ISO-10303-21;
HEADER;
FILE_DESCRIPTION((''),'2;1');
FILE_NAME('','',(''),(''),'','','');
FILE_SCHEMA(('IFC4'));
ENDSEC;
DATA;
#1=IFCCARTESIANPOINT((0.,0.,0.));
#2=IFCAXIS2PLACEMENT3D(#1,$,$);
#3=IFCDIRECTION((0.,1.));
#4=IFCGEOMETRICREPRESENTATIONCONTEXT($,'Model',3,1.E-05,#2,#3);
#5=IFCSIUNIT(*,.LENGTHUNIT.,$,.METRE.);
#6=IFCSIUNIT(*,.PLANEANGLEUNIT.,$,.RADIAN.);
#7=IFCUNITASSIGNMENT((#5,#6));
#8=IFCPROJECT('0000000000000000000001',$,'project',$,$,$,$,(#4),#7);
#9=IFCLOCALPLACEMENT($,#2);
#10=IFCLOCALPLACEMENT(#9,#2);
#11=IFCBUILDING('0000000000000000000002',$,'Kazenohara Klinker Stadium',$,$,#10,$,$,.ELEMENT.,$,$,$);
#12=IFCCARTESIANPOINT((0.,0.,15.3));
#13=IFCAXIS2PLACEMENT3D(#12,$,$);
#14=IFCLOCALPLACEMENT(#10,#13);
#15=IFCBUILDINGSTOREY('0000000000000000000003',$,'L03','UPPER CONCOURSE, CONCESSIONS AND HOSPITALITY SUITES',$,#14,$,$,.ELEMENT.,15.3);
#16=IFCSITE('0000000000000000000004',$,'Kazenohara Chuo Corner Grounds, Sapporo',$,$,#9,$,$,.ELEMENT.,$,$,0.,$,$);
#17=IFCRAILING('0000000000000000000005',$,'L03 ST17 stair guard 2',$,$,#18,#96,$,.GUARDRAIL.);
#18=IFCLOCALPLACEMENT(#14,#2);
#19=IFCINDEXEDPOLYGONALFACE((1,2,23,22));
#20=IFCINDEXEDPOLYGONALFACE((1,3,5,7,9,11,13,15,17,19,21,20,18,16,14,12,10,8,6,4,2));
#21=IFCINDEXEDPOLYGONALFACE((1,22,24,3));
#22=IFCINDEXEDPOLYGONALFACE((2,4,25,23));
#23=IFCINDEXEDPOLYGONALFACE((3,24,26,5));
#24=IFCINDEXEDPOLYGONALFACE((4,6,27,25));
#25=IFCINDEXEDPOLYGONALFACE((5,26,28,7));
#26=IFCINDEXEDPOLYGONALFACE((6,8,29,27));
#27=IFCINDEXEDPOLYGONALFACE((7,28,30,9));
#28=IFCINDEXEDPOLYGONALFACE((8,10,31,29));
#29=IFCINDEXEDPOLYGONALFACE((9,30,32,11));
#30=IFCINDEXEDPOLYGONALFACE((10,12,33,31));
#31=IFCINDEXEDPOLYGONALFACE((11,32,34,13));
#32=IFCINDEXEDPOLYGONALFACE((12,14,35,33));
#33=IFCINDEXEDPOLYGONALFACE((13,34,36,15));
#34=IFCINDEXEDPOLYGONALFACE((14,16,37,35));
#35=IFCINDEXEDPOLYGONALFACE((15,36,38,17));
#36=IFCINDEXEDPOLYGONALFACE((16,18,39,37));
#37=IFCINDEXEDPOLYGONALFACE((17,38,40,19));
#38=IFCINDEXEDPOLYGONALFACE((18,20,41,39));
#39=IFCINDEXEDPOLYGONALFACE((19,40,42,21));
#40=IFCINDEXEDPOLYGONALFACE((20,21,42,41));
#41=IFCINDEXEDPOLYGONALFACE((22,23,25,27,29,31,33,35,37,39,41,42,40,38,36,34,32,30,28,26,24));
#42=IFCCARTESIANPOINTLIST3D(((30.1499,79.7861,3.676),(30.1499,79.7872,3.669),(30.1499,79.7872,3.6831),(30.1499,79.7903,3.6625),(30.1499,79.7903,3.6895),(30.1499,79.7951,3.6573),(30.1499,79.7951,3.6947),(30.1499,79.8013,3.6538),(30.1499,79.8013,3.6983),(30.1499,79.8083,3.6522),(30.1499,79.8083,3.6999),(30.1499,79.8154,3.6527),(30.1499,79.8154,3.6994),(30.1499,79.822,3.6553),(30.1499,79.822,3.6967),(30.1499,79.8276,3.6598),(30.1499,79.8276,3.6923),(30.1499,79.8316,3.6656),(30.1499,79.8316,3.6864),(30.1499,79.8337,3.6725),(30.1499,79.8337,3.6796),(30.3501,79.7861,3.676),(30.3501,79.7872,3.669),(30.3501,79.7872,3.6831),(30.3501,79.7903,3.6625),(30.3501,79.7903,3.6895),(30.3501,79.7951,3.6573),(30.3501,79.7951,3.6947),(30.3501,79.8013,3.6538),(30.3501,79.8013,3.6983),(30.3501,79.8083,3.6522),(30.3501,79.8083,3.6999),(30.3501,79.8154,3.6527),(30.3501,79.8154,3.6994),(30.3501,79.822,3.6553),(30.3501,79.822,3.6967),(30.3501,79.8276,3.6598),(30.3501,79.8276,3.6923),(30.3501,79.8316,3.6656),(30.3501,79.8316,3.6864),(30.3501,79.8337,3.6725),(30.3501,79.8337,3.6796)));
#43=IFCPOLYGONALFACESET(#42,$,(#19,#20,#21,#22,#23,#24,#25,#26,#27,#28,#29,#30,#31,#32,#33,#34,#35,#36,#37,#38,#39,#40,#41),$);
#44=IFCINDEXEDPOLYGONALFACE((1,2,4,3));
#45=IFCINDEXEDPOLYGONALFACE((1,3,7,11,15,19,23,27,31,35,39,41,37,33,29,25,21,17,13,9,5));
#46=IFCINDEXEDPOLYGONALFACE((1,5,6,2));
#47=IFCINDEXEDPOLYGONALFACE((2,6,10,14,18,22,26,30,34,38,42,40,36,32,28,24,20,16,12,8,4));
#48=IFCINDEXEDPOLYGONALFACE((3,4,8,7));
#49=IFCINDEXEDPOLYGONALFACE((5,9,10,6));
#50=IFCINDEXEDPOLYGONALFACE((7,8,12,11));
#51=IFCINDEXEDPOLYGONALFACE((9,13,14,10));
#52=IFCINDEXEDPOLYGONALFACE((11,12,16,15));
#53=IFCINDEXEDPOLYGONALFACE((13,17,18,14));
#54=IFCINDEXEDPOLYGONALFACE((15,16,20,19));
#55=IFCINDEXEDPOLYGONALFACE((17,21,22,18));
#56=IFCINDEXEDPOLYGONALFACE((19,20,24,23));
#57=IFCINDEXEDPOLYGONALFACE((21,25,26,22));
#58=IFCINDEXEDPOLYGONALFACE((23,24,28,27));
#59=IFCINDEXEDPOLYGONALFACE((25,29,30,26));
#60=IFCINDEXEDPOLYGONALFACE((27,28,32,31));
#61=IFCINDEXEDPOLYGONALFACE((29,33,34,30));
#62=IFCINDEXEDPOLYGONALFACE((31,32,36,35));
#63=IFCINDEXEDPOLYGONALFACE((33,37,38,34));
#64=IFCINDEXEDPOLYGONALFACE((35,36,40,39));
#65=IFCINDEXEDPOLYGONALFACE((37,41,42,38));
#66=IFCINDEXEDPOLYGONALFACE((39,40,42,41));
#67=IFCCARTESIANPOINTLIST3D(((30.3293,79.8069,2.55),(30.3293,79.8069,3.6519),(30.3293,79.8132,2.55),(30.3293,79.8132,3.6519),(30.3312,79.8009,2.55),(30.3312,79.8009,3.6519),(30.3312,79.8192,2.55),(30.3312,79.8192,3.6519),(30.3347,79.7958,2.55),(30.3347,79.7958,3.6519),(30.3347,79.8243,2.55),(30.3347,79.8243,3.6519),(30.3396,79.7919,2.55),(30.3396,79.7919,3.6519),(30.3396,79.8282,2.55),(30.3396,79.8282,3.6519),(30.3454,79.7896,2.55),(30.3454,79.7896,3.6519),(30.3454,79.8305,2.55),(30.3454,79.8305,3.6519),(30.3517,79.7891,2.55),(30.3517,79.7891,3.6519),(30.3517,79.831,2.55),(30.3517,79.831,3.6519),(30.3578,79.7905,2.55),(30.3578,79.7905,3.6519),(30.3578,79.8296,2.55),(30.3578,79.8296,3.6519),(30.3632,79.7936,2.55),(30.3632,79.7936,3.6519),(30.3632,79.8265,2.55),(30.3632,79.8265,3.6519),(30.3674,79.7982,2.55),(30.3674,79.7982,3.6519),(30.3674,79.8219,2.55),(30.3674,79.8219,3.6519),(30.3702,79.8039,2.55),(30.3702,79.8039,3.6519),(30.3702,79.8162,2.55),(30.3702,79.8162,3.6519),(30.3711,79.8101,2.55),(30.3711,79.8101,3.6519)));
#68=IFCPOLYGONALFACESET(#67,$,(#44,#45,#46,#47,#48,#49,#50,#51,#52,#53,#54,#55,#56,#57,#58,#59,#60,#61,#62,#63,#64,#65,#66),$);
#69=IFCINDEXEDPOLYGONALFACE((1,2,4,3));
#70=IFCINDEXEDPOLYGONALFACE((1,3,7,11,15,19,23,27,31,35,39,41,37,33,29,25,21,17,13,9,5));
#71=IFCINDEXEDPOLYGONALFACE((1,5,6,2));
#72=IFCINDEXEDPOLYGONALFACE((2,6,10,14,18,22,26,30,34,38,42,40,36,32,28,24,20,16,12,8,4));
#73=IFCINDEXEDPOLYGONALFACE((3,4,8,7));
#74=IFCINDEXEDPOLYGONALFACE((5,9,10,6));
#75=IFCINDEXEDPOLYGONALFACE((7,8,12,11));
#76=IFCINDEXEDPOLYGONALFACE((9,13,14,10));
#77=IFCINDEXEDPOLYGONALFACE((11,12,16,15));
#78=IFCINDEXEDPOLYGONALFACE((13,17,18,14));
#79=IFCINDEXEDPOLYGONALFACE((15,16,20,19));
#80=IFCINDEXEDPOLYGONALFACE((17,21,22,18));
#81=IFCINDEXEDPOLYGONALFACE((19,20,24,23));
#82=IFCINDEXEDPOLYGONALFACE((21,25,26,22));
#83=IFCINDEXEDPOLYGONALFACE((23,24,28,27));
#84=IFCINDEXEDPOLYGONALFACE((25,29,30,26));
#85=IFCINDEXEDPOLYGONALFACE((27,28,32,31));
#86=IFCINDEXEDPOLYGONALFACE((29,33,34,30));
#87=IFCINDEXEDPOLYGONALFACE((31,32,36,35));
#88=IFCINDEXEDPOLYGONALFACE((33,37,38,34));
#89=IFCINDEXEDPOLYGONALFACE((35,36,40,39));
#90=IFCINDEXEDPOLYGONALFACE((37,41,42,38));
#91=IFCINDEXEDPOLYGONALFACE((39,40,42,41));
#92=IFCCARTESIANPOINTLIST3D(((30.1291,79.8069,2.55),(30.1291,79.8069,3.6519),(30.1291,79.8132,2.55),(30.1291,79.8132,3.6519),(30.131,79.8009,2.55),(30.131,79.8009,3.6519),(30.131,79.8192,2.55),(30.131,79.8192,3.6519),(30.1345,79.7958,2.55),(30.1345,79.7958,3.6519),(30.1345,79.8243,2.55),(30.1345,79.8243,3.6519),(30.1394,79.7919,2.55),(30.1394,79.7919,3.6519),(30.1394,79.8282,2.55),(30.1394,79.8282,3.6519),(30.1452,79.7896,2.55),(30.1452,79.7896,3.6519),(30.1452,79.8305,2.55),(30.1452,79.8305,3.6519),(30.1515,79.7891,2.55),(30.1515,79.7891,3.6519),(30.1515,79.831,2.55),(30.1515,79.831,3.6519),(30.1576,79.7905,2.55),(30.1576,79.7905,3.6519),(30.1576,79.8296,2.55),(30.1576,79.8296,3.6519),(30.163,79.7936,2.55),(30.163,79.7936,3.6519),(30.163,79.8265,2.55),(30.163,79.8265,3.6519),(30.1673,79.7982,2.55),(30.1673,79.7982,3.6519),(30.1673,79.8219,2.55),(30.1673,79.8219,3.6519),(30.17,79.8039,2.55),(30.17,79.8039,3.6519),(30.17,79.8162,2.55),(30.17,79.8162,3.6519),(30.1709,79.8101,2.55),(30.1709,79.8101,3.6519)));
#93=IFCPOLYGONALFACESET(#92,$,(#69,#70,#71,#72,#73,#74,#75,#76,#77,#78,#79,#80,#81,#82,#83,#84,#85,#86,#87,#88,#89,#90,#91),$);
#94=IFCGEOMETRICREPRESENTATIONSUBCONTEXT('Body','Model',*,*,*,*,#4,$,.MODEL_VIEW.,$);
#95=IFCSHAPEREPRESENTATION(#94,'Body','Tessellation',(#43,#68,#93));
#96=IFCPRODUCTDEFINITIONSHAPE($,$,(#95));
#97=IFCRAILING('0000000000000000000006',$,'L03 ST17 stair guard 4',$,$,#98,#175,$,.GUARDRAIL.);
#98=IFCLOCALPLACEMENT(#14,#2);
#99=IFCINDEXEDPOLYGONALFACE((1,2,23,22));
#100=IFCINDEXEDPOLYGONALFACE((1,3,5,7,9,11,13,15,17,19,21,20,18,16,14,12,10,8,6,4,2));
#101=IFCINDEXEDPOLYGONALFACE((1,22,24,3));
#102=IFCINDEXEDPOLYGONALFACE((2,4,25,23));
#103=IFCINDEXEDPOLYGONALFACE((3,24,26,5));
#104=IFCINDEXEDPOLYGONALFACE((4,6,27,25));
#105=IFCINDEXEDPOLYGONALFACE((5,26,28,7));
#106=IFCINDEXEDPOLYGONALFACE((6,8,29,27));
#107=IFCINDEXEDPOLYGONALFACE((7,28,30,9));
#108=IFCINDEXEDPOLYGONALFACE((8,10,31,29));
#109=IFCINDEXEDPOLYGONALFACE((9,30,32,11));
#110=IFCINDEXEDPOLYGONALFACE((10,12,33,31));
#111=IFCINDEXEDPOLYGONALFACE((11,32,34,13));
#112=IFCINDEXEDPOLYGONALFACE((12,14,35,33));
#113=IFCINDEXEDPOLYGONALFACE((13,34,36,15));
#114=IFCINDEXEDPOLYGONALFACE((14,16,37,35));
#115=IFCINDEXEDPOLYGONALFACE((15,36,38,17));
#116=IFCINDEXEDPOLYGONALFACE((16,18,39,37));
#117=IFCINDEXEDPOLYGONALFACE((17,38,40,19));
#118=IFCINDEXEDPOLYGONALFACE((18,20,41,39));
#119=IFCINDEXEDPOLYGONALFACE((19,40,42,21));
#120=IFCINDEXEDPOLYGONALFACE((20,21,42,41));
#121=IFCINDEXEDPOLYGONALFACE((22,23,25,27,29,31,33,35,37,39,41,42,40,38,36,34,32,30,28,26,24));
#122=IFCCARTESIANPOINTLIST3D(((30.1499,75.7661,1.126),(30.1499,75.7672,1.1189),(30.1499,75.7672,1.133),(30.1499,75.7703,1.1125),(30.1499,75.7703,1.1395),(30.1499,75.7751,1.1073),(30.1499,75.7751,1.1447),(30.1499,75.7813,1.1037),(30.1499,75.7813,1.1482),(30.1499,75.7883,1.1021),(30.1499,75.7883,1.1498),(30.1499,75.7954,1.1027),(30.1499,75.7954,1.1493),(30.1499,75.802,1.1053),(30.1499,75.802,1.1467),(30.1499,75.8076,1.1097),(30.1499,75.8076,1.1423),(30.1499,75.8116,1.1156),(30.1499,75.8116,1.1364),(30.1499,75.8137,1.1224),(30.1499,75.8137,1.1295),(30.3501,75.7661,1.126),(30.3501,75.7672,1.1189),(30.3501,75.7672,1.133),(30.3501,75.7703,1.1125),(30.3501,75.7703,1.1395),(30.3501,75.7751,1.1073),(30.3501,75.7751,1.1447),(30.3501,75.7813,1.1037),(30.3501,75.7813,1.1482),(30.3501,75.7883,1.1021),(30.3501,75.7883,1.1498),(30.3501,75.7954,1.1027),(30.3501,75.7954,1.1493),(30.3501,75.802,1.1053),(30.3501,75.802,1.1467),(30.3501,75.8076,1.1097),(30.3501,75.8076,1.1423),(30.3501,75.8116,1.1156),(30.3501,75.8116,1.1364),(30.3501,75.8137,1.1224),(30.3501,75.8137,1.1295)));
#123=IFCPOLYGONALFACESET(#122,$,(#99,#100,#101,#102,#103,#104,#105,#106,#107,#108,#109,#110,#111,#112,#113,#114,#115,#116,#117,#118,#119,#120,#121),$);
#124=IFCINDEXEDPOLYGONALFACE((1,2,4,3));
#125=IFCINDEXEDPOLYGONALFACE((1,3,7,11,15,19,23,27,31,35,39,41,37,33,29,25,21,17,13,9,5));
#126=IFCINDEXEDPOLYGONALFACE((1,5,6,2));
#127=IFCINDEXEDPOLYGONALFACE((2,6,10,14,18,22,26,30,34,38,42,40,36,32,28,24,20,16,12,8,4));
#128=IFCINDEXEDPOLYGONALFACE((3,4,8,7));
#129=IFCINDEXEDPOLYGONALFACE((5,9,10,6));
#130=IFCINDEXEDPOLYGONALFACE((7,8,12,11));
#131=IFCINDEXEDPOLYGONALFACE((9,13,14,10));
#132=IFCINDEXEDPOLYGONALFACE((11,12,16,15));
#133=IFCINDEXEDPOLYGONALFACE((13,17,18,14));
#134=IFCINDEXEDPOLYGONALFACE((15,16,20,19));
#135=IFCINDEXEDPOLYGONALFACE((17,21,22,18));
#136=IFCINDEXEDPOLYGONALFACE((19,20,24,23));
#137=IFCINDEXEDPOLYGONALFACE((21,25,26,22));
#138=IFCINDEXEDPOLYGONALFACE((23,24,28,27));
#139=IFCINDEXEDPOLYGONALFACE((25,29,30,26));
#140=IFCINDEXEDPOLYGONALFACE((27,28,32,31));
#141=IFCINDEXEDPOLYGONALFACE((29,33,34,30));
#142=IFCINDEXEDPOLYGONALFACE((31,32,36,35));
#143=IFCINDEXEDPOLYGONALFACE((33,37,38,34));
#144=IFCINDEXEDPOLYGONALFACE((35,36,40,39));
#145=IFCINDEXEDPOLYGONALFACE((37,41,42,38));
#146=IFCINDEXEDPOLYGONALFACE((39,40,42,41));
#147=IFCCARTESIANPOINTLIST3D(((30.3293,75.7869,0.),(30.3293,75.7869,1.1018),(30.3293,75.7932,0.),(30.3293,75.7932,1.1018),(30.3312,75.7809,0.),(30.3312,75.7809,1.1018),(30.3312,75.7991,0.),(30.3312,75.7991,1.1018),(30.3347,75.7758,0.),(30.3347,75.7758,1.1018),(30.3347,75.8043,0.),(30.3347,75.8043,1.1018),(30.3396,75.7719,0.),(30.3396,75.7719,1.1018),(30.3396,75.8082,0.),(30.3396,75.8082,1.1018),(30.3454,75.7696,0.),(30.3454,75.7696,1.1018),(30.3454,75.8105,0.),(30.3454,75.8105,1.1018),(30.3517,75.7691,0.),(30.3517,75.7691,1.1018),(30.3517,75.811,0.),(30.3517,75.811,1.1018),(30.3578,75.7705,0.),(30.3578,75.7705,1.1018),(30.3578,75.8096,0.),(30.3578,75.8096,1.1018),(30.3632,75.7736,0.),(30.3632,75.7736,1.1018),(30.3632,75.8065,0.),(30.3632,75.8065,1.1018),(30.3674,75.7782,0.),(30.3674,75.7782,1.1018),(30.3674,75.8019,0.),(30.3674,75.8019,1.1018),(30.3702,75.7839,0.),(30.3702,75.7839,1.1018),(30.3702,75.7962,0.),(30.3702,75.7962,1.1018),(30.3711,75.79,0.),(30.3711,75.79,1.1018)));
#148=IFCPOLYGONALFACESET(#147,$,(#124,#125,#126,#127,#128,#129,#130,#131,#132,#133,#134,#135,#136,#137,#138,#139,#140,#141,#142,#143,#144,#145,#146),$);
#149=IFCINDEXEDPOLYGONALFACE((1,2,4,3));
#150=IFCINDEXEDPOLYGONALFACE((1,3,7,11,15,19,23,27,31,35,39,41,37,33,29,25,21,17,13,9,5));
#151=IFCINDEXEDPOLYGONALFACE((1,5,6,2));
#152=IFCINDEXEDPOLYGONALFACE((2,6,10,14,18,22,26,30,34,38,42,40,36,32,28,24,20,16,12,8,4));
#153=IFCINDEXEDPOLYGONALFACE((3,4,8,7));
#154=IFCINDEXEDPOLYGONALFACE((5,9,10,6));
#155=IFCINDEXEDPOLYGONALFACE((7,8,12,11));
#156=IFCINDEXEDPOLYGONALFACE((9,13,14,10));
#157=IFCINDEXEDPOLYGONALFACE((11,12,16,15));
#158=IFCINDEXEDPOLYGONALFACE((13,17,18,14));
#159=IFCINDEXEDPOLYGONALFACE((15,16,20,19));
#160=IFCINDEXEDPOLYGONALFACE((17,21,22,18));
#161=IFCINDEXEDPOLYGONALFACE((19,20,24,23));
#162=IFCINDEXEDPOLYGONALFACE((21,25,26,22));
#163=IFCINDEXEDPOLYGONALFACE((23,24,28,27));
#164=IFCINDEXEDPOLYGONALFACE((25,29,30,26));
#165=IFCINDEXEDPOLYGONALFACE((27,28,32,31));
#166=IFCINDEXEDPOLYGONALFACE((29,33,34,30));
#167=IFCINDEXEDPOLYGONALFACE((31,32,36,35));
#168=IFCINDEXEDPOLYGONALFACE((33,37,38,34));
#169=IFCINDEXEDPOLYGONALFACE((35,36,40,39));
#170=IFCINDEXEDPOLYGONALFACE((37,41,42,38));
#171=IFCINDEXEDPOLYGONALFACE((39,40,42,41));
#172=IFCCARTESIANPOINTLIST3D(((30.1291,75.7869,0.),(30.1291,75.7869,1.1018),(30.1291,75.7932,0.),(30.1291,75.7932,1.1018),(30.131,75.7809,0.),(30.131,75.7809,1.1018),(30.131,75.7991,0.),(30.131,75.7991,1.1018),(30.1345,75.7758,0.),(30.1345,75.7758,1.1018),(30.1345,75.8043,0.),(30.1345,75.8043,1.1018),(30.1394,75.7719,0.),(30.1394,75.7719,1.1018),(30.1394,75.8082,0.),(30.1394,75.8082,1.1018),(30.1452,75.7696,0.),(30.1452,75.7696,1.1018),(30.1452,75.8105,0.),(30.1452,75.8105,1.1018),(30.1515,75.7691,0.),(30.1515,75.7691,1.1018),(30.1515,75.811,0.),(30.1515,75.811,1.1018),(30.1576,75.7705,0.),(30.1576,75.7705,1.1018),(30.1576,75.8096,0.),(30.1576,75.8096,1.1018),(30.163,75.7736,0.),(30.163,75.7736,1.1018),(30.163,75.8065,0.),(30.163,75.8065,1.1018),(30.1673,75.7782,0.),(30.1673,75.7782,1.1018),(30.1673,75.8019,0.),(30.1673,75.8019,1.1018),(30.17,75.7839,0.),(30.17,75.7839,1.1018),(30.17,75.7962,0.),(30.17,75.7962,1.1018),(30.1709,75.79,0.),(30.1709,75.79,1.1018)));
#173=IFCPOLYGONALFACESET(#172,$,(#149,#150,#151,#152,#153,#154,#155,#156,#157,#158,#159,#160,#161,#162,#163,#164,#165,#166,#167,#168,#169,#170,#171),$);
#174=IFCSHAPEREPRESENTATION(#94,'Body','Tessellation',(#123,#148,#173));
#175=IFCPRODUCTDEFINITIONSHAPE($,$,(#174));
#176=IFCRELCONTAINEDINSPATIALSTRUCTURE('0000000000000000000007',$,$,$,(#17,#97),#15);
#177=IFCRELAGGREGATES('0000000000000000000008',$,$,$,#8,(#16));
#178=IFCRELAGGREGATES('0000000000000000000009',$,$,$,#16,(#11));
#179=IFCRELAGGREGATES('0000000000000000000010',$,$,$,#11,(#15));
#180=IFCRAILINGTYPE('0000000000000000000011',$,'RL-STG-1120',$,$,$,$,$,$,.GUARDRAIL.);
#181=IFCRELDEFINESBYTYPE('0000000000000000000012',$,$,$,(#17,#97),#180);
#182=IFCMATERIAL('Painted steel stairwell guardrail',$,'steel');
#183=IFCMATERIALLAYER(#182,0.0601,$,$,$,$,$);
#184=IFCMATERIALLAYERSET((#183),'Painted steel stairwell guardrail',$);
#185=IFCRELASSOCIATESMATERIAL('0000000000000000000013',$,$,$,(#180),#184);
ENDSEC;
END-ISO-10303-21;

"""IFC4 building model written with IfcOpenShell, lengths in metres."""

from ifc_helpers import new_model, si_unit, direction, frame, origin, origin_2d, place, context, subcontext, project, spatial, circle, extrude, material, layer, layer_set, type_object, element, save


model = new_model("IFC4")

# Units and contexts
model_context = context("Model", 3, precision=1e-05, world=origin(), true_north=direction((0.0, 1.0)))
body_context = subcontext(model_context, "Body", "Model", "MODEL_VIEW")
ifc_project = project(units=[si_unit("LENGTHUNIT", "METRE"), si_unit("PLANEANGLEUNIT", "RADIAN")], contexts=[model_context])

# Site, building, storey
site_placement = place(None, origin())
site = spatial("IfcSite", under=ifc_project, at=site_placement, Name="Kazenohara Chuo Corner Grounds, Sapporo", CompositionType="ELEMENT", RefElevation=0.0)
building_placement = place(site_placement, origin())
building = spatial("IfcBuilding", under=site, at=building_placement, Name="Kazenohara Klinker Stadium", CompositionType="ELEMENT")
storey_placement = place(building_placement, frame((0.0, 0.0, 15.3)))
storey = spatial("IfcBuildingStorey", under=building, at=storey_placement, Name="L03", Description="UPPER CONCOURSE, CONCESSIONS AND HOSPITALITY SUITES", CompositionType="ELEMENT", Elevation=15.3)

# Railings
ifc_material_1 = material(Name="Painted steel stairwell guardrail", Category="steel")
ifc_layer_1 = layer(ifc_material_1, 0.0601)
ifc_layer_set_1 = layer_set([ifc_layer_1], Name="Painted steel stairwell guardrail")
railing_type_1 = type_object("IfcRailingType", Name="RL-STG-1120", PredefinedType="GUARDRAIL", material=ifc_layer_set_1)
for number, where, name in (
    (1, (30.3501, 79.8101, 2.55), "L03 ST17 stair guard 2"),
    (2, (30.3501, 75.79, 0.0), "L03 ST17 stair guard 4"),
):
    element("IfcRailing", number, at=place(storey_placement, frame(where)), inside=storey, type_object=railing_type_1, Name=name, PredefinedType="GUARDRAIL", context=body_context, shape_type="SweptSolid", body=[
        extrude(circle(Radius=0.0239, at=origin_2d()), frame((0.0, 0.0, 1.126), z_axis=(-1.0, 0.0, 0.0), x_axis=(0.0, -1.0, 0.0)), (0.0, 0.0, 1.0), 0.2002),
        extrude(circle(Radius=0.021, at=origin_2d()), origin(), (0.0, 0.0, 1.0), 1.1018),
        extrude(circle(Radius=0.021, at=origin_2d()), frame((-0.2002, 0.0, 0.0)), (0.0, 0.0, 1.0), 1.1018),
    ])

save(model, "model.ifc")
